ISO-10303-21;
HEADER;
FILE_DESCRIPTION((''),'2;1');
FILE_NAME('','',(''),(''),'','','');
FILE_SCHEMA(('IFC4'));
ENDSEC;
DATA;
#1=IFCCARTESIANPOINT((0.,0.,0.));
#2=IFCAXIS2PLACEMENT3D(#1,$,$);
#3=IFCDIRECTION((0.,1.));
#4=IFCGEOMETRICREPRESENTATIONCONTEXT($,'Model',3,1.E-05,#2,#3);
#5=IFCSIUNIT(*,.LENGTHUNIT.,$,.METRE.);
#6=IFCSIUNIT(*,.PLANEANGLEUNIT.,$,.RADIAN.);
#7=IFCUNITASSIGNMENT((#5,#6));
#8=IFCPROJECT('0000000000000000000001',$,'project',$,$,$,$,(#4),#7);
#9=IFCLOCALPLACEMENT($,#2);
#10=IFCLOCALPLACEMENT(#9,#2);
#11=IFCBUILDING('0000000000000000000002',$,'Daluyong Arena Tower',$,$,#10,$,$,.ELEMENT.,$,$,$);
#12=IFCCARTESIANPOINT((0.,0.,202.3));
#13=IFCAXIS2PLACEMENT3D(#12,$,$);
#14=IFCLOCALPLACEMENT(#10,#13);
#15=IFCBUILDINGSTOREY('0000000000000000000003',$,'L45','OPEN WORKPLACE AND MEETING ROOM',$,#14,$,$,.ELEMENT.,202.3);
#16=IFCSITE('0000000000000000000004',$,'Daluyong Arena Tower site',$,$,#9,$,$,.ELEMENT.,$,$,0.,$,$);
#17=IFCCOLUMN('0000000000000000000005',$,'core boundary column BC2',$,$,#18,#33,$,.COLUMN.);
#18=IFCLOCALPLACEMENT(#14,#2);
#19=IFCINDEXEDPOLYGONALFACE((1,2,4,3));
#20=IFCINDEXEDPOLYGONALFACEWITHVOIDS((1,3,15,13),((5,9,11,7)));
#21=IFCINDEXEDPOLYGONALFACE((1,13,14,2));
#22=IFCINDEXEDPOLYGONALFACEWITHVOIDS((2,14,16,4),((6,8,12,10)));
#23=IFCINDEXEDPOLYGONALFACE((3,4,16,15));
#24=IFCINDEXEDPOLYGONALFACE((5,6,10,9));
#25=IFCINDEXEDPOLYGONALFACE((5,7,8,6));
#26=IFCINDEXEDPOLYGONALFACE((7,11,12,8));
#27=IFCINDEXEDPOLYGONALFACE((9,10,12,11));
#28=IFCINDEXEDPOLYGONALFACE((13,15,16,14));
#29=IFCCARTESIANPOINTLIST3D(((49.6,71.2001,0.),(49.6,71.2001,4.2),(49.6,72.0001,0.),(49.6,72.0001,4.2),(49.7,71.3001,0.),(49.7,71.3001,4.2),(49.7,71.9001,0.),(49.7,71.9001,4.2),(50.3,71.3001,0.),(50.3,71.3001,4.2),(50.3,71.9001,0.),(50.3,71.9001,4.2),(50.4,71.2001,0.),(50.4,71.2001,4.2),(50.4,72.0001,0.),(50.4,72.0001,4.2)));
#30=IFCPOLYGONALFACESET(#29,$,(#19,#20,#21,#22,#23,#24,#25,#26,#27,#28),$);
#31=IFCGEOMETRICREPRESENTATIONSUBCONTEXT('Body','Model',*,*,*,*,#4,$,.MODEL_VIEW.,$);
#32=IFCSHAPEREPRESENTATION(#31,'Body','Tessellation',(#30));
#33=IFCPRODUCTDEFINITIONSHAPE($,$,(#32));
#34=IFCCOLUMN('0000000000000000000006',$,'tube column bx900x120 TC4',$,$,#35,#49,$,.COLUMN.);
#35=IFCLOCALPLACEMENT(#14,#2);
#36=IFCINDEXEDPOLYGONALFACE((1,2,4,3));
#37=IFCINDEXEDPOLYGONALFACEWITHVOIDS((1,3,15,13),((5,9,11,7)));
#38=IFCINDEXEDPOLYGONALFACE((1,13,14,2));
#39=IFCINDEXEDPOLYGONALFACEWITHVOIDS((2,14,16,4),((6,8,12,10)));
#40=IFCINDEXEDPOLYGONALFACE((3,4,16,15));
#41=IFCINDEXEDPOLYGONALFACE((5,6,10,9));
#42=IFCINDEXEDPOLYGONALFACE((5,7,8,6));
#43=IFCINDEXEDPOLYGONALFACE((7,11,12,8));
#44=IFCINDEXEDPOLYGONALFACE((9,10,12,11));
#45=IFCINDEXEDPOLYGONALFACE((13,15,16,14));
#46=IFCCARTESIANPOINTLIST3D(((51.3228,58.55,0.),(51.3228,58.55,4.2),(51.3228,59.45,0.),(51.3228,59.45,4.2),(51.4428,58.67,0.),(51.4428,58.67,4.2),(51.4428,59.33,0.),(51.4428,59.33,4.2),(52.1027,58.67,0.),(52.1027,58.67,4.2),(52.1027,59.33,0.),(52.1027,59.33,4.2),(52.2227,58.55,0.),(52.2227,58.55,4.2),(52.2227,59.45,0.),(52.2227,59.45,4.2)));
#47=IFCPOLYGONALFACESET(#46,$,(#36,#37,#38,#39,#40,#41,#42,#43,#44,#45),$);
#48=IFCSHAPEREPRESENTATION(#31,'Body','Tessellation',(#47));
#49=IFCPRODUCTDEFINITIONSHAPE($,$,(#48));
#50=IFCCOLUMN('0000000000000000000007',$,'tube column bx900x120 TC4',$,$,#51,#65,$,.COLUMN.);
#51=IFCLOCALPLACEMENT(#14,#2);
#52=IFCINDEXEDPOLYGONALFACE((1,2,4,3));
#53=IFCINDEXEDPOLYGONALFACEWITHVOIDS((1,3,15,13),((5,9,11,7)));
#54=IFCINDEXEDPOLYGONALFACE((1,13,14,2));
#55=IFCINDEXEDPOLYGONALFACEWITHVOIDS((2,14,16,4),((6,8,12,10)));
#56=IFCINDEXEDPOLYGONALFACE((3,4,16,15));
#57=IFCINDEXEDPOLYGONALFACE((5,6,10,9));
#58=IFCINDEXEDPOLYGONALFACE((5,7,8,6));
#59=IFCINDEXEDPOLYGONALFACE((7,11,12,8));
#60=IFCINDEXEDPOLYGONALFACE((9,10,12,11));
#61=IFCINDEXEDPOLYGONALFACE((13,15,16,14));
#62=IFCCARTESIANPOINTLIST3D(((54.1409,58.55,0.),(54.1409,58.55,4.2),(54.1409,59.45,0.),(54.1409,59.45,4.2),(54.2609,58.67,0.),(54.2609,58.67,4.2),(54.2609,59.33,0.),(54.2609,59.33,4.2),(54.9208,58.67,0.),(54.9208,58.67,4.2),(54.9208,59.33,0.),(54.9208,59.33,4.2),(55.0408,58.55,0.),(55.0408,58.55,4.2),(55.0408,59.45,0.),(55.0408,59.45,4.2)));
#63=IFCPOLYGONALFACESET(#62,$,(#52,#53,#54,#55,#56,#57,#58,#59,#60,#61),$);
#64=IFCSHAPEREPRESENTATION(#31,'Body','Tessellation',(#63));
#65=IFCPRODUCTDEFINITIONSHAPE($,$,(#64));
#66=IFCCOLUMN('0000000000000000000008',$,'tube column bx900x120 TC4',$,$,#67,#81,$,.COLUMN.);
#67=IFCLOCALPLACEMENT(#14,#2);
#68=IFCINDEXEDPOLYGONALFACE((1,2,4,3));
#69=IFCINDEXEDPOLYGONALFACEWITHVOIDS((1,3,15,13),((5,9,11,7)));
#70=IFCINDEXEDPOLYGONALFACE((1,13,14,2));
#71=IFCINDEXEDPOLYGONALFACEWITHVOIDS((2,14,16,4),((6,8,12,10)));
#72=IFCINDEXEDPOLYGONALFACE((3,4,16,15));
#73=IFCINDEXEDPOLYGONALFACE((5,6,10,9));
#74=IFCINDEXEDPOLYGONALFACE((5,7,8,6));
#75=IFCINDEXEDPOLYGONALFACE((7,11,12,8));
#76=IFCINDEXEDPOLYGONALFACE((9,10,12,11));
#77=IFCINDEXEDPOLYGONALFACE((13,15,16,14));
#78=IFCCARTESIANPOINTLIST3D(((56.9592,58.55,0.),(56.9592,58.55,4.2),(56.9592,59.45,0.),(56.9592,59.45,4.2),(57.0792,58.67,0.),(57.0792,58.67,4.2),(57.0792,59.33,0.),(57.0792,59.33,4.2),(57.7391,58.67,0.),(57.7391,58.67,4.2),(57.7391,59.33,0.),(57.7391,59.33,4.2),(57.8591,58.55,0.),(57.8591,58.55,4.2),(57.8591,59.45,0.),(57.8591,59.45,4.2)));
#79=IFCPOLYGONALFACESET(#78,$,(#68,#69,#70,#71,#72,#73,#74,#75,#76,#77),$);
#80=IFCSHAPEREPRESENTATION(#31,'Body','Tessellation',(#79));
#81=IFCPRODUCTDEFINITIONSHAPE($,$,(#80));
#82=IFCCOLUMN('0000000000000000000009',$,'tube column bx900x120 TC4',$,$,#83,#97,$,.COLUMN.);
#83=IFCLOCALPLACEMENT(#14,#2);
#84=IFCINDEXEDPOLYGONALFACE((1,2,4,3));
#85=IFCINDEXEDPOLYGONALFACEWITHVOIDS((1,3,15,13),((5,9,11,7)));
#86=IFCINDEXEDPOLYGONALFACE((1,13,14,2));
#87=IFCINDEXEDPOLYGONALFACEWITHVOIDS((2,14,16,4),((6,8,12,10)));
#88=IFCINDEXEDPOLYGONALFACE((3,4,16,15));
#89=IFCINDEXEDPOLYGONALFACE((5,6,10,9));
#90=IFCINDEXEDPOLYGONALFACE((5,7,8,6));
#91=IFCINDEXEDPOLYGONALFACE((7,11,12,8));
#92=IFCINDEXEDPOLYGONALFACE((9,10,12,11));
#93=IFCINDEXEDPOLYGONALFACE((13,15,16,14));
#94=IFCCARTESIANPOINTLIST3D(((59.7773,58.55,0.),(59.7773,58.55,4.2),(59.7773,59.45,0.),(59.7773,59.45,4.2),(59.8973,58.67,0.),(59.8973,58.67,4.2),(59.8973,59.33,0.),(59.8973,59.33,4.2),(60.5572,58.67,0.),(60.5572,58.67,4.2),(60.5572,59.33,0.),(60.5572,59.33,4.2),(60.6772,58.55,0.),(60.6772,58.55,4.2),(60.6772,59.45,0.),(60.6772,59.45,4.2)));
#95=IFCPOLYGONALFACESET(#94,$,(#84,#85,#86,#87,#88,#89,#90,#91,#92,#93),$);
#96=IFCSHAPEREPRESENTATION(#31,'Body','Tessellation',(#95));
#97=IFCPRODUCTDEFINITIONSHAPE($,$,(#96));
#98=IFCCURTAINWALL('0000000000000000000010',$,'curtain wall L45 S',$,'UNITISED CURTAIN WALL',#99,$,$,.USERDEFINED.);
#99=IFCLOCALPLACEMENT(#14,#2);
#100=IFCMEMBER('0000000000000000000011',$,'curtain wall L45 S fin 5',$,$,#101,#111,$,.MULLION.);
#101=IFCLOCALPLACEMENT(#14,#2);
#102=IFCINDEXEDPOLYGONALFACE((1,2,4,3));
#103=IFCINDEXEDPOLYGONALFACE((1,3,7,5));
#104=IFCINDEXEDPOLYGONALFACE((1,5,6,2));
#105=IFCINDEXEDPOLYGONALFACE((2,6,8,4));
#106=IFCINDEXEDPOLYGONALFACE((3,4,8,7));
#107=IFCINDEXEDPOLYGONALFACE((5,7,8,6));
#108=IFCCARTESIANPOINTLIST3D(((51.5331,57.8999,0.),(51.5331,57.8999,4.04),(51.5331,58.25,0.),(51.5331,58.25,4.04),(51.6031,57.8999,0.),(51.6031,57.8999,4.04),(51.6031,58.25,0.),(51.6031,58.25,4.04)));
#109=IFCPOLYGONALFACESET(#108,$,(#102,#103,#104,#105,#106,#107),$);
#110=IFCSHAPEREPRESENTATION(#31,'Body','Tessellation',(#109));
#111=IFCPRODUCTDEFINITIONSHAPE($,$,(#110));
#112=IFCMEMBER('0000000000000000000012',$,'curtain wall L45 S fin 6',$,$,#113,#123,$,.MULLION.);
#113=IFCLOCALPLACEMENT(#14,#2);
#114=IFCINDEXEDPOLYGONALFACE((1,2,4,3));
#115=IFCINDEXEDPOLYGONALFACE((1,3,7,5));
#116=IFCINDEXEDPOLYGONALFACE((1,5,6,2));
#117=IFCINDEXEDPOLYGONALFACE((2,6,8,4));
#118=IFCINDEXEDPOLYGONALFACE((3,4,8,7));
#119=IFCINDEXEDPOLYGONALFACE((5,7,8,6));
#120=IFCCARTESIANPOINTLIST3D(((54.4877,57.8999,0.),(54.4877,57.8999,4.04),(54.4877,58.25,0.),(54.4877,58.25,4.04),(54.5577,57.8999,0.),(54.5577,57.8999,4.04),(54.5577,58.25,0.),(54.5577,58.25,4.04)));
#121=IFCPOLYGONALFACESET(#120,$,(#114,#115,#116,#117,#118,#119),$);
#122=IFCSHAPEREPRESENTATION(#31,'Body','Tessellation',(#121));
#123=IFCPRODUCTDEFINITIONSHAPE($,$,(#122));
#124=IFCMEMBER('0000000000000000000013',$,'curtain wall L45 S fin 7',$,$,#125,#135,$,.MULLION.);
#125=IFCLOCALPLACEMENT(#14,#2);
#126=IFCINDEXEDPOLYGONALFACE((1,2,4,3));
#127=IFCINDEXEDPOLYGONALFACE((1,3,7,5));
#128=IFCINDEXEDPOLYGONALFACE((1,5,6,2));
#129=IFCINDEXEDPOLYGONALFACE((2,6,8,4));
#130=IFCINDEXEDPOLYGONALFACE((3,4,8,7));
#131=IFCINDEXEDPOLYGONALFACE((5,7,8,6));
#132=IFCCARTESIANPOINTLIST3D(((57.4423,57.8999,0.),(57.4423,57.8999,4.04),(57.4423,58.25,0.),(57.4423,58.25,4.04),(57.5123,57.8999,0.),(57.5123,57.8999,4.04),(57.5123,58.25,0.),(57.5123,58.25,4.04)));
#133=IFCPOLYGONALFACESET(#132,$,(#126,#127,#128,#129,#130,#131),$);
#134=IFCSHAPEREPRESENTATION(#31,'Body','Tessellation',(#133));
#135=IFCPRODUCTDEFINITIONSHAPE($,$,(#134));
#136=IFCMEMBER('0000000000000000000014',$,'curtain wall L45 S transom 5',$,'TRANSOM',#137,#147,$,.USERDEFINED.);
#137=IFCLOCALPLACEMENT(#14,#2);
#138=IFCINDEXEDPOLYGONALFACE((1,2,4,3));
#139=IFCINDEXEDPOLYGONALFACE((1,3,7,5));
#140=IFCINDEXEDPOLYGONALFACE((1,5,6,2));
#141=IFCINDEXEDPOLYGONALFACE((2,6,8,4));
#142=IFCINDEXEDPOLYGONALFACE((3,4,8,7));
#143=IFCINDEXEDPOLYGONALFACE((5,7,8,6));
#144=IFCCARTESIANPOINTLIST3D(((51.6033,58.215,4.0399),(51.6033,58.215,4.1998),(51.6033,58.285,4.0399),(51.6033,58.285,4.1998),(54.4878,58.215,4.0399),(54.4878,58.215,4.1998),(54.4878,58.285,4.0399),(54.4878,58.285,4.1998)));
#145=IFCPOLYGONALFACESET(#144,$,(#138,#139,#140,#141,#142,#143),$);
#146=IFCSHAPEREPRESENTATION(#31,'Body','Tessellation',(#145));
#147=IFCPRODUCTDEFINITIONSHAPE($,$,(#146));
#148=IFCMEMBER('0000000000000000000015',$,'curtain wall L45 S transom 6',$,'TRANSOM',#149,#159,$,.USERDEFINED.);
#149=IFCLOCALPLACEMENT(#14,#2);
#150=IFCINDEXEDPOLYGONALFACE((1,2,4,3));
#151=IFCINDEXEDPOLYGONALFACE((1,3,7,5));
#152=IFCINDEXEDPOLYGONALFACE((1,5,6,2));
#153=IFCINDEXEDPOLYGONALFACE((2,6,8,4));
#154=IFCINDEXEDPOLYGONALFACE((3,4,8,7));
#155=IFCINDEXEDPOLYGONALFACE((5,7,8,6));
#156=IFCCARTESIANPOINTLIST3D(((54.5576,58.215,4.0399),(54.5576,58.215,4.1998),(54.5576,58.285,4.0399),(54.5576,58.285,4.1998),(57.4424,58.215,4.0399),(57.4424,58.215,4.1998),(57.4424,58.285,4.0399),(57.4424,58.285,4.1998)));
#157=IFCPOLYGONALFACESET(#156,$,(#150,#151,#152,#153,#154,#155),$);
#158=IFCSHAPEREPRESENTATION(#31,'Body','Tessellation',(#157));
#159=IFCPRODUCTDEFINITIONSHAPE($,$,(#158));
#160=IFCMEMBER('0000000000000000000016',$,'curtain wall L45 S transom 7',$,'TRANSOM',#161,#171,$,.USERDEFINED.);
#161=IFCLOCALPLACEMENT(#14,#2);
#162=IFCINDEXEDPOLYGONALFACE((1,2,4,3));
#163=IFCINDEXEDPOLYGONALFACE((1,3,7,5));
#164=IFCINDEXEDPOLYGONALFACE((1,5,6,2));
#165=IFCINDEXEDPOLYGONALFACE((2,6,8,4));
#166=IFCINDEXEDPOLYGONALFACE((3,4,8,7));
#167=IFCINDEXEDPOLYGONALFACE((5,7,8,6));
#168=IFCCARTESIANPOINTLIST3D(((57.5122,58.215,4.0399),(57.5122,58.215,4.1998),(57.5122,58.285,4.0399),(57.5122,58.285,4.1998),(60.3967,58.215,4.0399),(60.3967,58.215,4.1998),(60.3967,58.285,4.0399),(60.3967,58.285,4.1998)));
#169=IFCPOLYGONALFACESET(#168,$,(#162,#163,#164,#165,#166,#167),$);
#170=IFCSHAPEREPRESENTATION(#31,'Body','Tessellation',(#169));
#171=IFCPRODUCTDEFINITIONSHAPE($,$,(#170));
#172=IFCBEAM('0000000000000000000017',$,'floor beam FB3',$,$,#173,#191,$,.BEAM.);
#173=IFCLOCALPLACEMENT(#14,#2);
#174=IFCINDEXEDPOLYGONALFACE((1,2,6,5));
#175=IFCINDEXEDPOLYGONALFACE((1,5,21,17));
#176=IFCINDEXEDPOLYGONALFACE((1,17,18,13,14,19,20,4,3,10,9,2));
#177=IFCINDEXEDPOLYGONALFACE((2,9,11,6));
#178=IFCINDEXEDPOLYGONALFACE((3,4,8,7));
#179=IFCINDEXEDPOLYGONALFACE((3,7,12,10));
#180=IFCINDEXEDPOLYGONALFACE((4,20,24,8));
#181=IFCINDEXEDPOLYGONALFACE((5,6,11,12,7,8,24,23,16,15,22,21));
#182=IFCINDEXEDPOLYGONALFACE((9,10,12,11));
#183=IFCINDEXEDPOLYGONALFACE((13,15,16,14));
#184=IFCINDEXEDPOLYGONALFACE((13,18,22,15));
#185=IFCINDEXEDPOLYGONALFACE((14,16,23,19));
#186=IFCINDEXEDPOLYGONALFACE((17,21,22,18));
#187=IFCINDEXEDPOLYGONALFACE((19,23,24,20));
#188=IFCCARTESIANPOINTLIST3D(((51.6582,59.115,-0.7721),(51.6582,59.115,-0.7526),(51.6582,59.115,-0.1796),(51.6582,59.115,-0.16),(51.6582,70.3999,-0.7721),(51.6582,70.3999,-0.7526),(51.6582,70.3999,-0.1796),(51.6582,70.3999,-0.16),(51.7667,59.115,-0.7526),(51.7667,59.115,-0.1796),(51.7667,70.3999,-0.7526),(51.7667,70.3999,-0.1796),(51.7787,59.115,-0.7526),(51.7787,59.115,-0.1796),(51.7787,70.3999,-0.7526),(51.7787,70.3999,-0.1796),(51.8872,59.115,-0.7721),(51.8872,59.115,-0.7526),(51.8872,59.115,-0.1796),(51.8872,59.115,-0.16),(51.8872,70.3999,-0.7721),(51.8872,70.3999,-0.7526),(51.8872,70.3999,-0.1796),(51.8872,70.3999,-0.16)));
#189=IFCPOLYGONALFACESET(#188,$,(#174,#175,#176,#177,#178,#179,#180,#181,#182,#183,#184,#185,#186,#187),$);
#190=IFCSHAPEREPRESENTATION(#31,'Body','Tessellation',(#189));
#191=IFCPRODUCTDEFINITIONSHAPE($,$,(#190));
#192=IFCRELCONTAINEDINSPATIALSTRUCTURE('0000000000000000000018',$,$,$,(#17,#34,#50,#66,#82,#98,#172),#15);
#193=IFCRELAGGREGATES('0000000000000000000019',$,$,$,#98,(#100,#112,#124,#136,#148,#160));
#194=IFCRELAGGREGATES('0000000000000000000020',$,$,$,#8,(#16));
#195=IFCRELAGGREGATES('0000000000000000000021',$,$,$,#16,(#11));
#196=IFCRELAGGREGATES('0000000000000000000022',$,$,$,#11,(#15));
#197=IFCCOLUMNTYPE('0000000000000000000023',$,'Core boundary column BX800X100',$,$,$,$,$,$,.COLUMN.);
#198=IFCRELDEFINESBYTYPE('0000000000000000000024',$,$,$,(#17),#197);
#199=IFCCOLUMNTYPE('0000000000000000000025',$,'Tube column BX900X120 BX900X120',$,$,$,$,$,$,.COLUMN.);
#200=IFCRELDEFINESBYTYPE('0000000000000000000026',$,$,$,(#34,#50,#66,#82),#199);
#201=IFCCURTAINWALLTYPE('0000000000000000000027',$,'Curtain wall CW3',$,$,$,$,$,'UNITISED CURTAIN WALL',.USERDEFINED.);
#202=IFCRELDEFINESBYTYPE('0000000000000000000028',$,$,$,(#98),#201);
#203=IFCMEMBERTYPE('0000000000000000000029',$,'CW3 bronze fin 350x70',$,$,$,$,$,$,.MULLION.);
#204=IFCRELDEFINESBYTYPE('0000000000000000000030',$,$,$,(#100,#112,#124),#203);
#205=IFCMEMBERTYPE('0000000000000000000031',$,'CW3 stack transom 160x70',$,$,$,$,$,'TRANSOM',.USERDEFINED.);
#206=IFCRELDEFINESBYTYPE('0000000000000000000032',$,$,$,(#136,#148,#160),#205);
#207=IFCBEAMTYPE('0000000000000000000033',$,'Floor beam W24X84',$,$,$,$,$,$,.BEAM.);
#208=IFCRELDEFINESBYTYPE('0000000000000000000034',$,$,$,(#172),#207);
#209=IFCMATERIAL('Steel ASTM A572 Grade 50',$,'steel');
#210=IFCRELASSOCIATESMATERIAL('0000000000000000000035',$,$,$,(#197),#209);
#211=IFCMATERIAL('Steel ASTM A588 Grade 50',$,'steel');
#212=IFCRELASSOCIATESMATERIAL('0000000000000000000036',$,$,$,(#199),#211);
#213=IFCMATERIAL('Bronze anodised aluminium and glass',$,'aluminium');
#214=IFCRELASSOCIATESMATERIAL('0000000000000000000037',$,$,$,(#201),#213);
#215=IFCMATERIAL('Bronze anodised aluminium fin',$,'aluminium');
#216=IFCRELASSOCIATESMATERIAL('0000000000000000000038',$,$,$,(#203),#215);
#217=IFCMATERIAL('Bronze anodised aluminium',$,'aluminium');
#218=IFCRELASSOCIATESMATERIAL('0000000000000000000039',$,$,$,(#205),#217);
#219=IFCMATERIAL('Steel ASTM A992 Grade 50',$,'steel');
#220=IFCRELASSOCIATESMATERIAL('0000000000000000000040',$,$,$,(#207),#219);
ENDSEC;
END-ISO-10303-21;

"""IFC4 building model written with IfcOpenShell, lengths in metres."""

from ifc_helpers import new_model, si_unit, direction, frame, origin, origin_2d, place, context, subcontext, project, spatial, rectangle, hollow_rectangle, i_section, extrude, material, material_profile, profile_set, type_object, element, aggregate, save


model = new_model("IFC4")

# Units and contexts
model_context = context("Model", 3, precision=1e-05, world=origin(), true_north=direction((0.0, 1.0)))
body_context = subcontext(model_context, "Body", "Model", "MODEL_VIEW")
ifc_project = project(units=[si_unit("LENGTHUNIT", "METRE"), si_unit("PLANEANGLEUNIT", "RADIAN")], contexts=[model_context])

# Site, building, storey
site_placement = place(None, origin())
site = spatial("IfcSite", under=ifc_project, at=site_placement, Name="Daluyong Arena Tower site", CompositionType="ELEMENT", RefElevation=0.0)
building_placement = place(site_placement, origin())
building = spatial("IfcBuilding", under=site, at=building_placement, Name="Daluyong Arena Tower", CompositionType="ELEMENT")
storey_placement = place(building_placement, frame((0.0, 0.0, 202.3)))
storey = spatial("IfcBuildingStorey", under=building, at=storey_placement, Name="L45", Description="OPEN WORKPLACE AND MEETING ROOM", CompositionType="ELEMENT", Elevation=202.3)

# Columns
ifc_material_1 = material(Name="Steel ASTM A572 Grade 50", Category="steel")
ifc_material_profile_1 = material_profile(ifc_material_1, hollow_rectangle(XDim=0.8, YDim=0.8, WallThickness=0.1, at=origin_2d()))
ifc_profile_set_1 = profile_set([ifc_material_profile_1], Name="Steel ASTM A572 Grade 50")
column_type_1 = type_object("IfcColumnType", Name="Core boundary column BX800X100", PredefinedType="COLUMN", material=ifc_profile_set_1)
column_placement = place(storey_placement, frame((50.0, 71.6001, 0.0), z_axis=(0.0, 0.0, 1.0), x_axis=(1.0, 0.0, 0.0)))
element("IfcColumn", 1, at=column_placement, inside=storey, type_object=column_type_1, Name="core boundary column BC2", PredefinedType="COLUMN", context=body_context, shape_type="SweptSolid", body=[
    extrude(hollow_rectangle(XDim=0.8, YDim=0.8, WallThickness=0.1, at=origin_2d()), origin(), (0.0, 0.0, 1.0), 4.2),
])
ifc_material_2 = material(Name="Steel ASTM A588 Grade 50", Category="steel")
ifc_material_profile_2 = material_profile(ifc_material_2, hollow_rectangle(XDim=0.8999, YDim=0.8999, WallThickness=0.12, at=origin_2d()))
ifc_profile_set_2 = profile_set([ifc_material_profile_2], Name="Steel ASTM A588 Grade 50")
column_type_2 = type_object("IfcColumnType", Name="Tube column BX900X120 BX900X120", PredefinedType="COLUMN", material=ifc_profile_set_2)
for number, where, z_axis, x_axis, name in (
    (2, (51.7727, 59.0, 0.0), (0.0, 0.0, 1.0), (1.0, 0.0, 0.0), "tube column bx900x120 TC4"),
    (3, (54.5908, 59.0, 0.0), (0.0, 0.0, 1.0), (1.0, 0.0, 0.0), "tube column bx900x120 TC4"),
    (4, (57.4092, 59.0, 0.0), (0.0, 0.0, 1.0), (1.0, 0.0, 0.0), "tube column bx900x120 TC4"),
    (5, (60.2273, 59.0, 0.0), (0.0, 0.0, 1.0), (1.0, 0.0, 0.0), "tube column bx900x120 TC4"),
):
    element("IfcColumn", number, at=place(storey_placement, frame(where, z_axis=z_axis, x_axis=x_axis)), inside=storey, type_object=column_type_2, Name=name, PredefinedType="COLUMN", context=body_context, shape_type="SweptSolid", body=[
        extrude(hollow_rectangle(XDim=0.8999, YDim=0.8999, WallThickness=0.12, at=origin_2d()), origin(), (0.0, 0.0, 1.0), 4.2),
    ])

# Curtain wall, members
ifc_material_3 = material(Name="Bronze anodised aluminium and glass", Category="aluminium")
curtain_wall_type = type_object("IfcCurtainWallType", Name="Curtain wall CW3", ElementType="UNITISED CURTAIN WALL", PredefinedType="USERDEFINED", material=ifc_material_3)
curtain_wall_placement = place(storey_placement, origin())
curtain_wall = element("IfcCurtainWall", 6, at=curtain_wall_placement, inside=storey, type_object=curtain_wall_type, Name="curtain wall L45 S", ObjectType="UNITISED CURTAIN WALL", PredefinedType="USERDEFINED")
ifc_material_4 = material(Name="Bronze anodised aluminium fin", Category="aluminium")
ifc_material_profile_3 = material_profile(ifc_material_4, rectangle(XDim=0.3501, YDim=0.0701, at=origin_2d()))
ifc_profile_set_3 = profile_set([ifc_material_profile_3], Name="Bronze anodised aluminium fin")
member_type_1 = type_object("IfcMemberType", Name="CW3 bronze fin 350x70", PredefinedType="MULLION", material=ifc_profile_set_3)
member_1_placement = place(storey_placement, frame((51.5681, 58.075, 0.0), z_axis=(0.0, 0.0, 1.0), x_axis=(0.0, 1.0, 0.0)))
member_1 = element("IfcMember", 7, at=member_1_placement, type_object=member_type_1, Name="curtain wall L45 S fin 5", PredefinedType="MULLION", context=body_context, shape_type="SweptSolid", body=[
    extrude(rectangle(XDim=0.3501, YDim=0.0701, at=origin_2d()), origin(), (0.0, 0.0, 1.0), 4.04),
])
member_2_placement = place(storey_placement, frame((54.5227, 58.075, 0.0), z_axis=(0.0, 0.0, 1.0), x_axis=(0.0, 1.0, 0.0)))
member_2 = element("IfcMember", 8, at=member_2_placement, type_object=member_type_1, Name="curtain wall L45 S fin 6", PredefinedType="MULLION", context=body_context, shape_type="SweptSolid", body=[
    extrude(rectangle(XDim=0.3501, YDim=0.0701, at=origin_2d()), origin(), (0.0, 0.0, 1.0), 4.04),
])
member_3_placement = place(storey_placement, frame((57.4773, 58.075, 0.0), z_axis=(0.0, 0.0, 1.0), x_axis=(0.0, 1.0, 0.0)))
member_3 = element("IfcMember", 9, at=member_3_placement, type_object=member_type_1, Name="curtain wall L45 S fin 7", PredefinedType="MULLION", context=body_context, shape_type="SweptSolid", body=[
    extrude(rectangle(XDim=0.3501, YDim=0.0701, at=origin_2d()), origin(), (0.0, 0.0, 1.0), 4.04),
])
ifc_material_5 = material(Name="Bronze anodised aluminium", Category="aluminium")
ifc_material_profile_4 = material_profile(ifc_material_5, rectangle(XDim=0.0701, YDim=0.1599, at=origin_2d()))
ifc_profile_set_4 = profile_set([ifc_material_profile_4], Name="Bronze anodised aluminium")
member_type_2 = type_object("IfcMemberType", Name="CW3 stack transom 160x70", ElementType="TRANSOM", PredefinedType="USERDEFINED", material=ifc_profile_set_4)
member_4_placement = place(storey_placement, frame((51.6033, 58.25, 4.1199), z_axis=(1.0, 0.0, 0.0), x_axis=(0.0, 1.0, 0.0)))
member_4 = element("IfcMember", 10, at=member_4_placement, type_object=member_type_2, Name="curtain wall L45 S transom 5", ObjectType="TRANSOM", PredefinedType="USERDEFINED", context=body_context, shape_type="SweptSolid", body=[
    extrude(rectangle(XDim=0.0701, YDim=0.1599, at=origin_2d()), origin(), (0.0, 0.0, 1.0), 2.8845),
])
member_5_placement = place(storey_placement, frame((54.5576, 58.25, 4.1199), z_axis=(1.0, 0.0, 0.0), x_axis=(0.0, 1.0, 0.0)))
member_5 = element("IfcMember", 11, at=member_5_placement, type_object=member_type_2, Name="curtain wall L45 S transom 6", ObjectType="TRANSOM", PredefinedType="USERDEFINED", context=body_context, shape_type="SweptSolid", body=[
    extrude(rectangle(XDim=0.0701, YDim=0.1599, at=origin_2d()), origin(), (0.0, 0.0, 1.0), 2.8848),
])
member_6_placement = place(storey_placement, frame((57.5122, 58.25, 4.1199), z_axis=(1.0, 0.0, 0.0), x_axis=(0.0, 1.0, 0.0)))
member_6 = element("IfcMember", 12, at=member_6_placement, type_object=member_type_2, Name="curtain wall L45 S transom 7", ObjectType="TRANSOM", PredefinedType="USERDEFINED", context=body_context, shape_type="SweptSolid", body=[
    extrude(rectangle(XDim=0.0701, YDim=0.1599, at=origin_2d()), origin(), (0.0, 0.0, 1.0), 2.8845),
])

# Beam
ifc_material_6 = material(Name="Steel ASTM A992 Grade 50", Category="steel")
ifc_material_profile_5 = material_profile(ifc_material_6, i_section(OverallWidth=0.229, OverallDepth=0.6121, WebThickness=0.012, FlangeThickness=0.0195, at=origin_2d()))
ifc_profile_set_5 = profile_set([ifc_material_profile_5], Name="Steel ASTM A992 Grade 50")
beam_type_1 = type_object("IfcBeamType", Name="Floor beam W24X84", PredefinedType="BEAM", material=ifc_profile_set_5)
for number, where, z_axis, x_axis, name in (
    (13, (51.7727, 59.115, -0.4661), (0.0, 1.0, 0.0), (-1.0, 0.0, 0.0), "floor beam FB3"),
):
    element("IfcBeam", number, at=place(storey_placement, frame(where, z_axis=z_axis, x_axis=x_axis)), inside=storey, type_object=beam_type_1, Name=name, PredefinedType="BEAM", context=body_context, shape_type="SweptSolid", body=[
        extrude(i_section(OverallWidth=0.229, OverallDepth=0.6121, WebThickness=0.012, FlangeThickness=0.0195, at=origin_2d()), origin(), (0.0, 0.0, 1.0), 11.2849),
    ])

aggregate(curtain_wall, [member_1, member_2, member_3, member_4, member_5, member_6])

save(model, "model.ifc")
